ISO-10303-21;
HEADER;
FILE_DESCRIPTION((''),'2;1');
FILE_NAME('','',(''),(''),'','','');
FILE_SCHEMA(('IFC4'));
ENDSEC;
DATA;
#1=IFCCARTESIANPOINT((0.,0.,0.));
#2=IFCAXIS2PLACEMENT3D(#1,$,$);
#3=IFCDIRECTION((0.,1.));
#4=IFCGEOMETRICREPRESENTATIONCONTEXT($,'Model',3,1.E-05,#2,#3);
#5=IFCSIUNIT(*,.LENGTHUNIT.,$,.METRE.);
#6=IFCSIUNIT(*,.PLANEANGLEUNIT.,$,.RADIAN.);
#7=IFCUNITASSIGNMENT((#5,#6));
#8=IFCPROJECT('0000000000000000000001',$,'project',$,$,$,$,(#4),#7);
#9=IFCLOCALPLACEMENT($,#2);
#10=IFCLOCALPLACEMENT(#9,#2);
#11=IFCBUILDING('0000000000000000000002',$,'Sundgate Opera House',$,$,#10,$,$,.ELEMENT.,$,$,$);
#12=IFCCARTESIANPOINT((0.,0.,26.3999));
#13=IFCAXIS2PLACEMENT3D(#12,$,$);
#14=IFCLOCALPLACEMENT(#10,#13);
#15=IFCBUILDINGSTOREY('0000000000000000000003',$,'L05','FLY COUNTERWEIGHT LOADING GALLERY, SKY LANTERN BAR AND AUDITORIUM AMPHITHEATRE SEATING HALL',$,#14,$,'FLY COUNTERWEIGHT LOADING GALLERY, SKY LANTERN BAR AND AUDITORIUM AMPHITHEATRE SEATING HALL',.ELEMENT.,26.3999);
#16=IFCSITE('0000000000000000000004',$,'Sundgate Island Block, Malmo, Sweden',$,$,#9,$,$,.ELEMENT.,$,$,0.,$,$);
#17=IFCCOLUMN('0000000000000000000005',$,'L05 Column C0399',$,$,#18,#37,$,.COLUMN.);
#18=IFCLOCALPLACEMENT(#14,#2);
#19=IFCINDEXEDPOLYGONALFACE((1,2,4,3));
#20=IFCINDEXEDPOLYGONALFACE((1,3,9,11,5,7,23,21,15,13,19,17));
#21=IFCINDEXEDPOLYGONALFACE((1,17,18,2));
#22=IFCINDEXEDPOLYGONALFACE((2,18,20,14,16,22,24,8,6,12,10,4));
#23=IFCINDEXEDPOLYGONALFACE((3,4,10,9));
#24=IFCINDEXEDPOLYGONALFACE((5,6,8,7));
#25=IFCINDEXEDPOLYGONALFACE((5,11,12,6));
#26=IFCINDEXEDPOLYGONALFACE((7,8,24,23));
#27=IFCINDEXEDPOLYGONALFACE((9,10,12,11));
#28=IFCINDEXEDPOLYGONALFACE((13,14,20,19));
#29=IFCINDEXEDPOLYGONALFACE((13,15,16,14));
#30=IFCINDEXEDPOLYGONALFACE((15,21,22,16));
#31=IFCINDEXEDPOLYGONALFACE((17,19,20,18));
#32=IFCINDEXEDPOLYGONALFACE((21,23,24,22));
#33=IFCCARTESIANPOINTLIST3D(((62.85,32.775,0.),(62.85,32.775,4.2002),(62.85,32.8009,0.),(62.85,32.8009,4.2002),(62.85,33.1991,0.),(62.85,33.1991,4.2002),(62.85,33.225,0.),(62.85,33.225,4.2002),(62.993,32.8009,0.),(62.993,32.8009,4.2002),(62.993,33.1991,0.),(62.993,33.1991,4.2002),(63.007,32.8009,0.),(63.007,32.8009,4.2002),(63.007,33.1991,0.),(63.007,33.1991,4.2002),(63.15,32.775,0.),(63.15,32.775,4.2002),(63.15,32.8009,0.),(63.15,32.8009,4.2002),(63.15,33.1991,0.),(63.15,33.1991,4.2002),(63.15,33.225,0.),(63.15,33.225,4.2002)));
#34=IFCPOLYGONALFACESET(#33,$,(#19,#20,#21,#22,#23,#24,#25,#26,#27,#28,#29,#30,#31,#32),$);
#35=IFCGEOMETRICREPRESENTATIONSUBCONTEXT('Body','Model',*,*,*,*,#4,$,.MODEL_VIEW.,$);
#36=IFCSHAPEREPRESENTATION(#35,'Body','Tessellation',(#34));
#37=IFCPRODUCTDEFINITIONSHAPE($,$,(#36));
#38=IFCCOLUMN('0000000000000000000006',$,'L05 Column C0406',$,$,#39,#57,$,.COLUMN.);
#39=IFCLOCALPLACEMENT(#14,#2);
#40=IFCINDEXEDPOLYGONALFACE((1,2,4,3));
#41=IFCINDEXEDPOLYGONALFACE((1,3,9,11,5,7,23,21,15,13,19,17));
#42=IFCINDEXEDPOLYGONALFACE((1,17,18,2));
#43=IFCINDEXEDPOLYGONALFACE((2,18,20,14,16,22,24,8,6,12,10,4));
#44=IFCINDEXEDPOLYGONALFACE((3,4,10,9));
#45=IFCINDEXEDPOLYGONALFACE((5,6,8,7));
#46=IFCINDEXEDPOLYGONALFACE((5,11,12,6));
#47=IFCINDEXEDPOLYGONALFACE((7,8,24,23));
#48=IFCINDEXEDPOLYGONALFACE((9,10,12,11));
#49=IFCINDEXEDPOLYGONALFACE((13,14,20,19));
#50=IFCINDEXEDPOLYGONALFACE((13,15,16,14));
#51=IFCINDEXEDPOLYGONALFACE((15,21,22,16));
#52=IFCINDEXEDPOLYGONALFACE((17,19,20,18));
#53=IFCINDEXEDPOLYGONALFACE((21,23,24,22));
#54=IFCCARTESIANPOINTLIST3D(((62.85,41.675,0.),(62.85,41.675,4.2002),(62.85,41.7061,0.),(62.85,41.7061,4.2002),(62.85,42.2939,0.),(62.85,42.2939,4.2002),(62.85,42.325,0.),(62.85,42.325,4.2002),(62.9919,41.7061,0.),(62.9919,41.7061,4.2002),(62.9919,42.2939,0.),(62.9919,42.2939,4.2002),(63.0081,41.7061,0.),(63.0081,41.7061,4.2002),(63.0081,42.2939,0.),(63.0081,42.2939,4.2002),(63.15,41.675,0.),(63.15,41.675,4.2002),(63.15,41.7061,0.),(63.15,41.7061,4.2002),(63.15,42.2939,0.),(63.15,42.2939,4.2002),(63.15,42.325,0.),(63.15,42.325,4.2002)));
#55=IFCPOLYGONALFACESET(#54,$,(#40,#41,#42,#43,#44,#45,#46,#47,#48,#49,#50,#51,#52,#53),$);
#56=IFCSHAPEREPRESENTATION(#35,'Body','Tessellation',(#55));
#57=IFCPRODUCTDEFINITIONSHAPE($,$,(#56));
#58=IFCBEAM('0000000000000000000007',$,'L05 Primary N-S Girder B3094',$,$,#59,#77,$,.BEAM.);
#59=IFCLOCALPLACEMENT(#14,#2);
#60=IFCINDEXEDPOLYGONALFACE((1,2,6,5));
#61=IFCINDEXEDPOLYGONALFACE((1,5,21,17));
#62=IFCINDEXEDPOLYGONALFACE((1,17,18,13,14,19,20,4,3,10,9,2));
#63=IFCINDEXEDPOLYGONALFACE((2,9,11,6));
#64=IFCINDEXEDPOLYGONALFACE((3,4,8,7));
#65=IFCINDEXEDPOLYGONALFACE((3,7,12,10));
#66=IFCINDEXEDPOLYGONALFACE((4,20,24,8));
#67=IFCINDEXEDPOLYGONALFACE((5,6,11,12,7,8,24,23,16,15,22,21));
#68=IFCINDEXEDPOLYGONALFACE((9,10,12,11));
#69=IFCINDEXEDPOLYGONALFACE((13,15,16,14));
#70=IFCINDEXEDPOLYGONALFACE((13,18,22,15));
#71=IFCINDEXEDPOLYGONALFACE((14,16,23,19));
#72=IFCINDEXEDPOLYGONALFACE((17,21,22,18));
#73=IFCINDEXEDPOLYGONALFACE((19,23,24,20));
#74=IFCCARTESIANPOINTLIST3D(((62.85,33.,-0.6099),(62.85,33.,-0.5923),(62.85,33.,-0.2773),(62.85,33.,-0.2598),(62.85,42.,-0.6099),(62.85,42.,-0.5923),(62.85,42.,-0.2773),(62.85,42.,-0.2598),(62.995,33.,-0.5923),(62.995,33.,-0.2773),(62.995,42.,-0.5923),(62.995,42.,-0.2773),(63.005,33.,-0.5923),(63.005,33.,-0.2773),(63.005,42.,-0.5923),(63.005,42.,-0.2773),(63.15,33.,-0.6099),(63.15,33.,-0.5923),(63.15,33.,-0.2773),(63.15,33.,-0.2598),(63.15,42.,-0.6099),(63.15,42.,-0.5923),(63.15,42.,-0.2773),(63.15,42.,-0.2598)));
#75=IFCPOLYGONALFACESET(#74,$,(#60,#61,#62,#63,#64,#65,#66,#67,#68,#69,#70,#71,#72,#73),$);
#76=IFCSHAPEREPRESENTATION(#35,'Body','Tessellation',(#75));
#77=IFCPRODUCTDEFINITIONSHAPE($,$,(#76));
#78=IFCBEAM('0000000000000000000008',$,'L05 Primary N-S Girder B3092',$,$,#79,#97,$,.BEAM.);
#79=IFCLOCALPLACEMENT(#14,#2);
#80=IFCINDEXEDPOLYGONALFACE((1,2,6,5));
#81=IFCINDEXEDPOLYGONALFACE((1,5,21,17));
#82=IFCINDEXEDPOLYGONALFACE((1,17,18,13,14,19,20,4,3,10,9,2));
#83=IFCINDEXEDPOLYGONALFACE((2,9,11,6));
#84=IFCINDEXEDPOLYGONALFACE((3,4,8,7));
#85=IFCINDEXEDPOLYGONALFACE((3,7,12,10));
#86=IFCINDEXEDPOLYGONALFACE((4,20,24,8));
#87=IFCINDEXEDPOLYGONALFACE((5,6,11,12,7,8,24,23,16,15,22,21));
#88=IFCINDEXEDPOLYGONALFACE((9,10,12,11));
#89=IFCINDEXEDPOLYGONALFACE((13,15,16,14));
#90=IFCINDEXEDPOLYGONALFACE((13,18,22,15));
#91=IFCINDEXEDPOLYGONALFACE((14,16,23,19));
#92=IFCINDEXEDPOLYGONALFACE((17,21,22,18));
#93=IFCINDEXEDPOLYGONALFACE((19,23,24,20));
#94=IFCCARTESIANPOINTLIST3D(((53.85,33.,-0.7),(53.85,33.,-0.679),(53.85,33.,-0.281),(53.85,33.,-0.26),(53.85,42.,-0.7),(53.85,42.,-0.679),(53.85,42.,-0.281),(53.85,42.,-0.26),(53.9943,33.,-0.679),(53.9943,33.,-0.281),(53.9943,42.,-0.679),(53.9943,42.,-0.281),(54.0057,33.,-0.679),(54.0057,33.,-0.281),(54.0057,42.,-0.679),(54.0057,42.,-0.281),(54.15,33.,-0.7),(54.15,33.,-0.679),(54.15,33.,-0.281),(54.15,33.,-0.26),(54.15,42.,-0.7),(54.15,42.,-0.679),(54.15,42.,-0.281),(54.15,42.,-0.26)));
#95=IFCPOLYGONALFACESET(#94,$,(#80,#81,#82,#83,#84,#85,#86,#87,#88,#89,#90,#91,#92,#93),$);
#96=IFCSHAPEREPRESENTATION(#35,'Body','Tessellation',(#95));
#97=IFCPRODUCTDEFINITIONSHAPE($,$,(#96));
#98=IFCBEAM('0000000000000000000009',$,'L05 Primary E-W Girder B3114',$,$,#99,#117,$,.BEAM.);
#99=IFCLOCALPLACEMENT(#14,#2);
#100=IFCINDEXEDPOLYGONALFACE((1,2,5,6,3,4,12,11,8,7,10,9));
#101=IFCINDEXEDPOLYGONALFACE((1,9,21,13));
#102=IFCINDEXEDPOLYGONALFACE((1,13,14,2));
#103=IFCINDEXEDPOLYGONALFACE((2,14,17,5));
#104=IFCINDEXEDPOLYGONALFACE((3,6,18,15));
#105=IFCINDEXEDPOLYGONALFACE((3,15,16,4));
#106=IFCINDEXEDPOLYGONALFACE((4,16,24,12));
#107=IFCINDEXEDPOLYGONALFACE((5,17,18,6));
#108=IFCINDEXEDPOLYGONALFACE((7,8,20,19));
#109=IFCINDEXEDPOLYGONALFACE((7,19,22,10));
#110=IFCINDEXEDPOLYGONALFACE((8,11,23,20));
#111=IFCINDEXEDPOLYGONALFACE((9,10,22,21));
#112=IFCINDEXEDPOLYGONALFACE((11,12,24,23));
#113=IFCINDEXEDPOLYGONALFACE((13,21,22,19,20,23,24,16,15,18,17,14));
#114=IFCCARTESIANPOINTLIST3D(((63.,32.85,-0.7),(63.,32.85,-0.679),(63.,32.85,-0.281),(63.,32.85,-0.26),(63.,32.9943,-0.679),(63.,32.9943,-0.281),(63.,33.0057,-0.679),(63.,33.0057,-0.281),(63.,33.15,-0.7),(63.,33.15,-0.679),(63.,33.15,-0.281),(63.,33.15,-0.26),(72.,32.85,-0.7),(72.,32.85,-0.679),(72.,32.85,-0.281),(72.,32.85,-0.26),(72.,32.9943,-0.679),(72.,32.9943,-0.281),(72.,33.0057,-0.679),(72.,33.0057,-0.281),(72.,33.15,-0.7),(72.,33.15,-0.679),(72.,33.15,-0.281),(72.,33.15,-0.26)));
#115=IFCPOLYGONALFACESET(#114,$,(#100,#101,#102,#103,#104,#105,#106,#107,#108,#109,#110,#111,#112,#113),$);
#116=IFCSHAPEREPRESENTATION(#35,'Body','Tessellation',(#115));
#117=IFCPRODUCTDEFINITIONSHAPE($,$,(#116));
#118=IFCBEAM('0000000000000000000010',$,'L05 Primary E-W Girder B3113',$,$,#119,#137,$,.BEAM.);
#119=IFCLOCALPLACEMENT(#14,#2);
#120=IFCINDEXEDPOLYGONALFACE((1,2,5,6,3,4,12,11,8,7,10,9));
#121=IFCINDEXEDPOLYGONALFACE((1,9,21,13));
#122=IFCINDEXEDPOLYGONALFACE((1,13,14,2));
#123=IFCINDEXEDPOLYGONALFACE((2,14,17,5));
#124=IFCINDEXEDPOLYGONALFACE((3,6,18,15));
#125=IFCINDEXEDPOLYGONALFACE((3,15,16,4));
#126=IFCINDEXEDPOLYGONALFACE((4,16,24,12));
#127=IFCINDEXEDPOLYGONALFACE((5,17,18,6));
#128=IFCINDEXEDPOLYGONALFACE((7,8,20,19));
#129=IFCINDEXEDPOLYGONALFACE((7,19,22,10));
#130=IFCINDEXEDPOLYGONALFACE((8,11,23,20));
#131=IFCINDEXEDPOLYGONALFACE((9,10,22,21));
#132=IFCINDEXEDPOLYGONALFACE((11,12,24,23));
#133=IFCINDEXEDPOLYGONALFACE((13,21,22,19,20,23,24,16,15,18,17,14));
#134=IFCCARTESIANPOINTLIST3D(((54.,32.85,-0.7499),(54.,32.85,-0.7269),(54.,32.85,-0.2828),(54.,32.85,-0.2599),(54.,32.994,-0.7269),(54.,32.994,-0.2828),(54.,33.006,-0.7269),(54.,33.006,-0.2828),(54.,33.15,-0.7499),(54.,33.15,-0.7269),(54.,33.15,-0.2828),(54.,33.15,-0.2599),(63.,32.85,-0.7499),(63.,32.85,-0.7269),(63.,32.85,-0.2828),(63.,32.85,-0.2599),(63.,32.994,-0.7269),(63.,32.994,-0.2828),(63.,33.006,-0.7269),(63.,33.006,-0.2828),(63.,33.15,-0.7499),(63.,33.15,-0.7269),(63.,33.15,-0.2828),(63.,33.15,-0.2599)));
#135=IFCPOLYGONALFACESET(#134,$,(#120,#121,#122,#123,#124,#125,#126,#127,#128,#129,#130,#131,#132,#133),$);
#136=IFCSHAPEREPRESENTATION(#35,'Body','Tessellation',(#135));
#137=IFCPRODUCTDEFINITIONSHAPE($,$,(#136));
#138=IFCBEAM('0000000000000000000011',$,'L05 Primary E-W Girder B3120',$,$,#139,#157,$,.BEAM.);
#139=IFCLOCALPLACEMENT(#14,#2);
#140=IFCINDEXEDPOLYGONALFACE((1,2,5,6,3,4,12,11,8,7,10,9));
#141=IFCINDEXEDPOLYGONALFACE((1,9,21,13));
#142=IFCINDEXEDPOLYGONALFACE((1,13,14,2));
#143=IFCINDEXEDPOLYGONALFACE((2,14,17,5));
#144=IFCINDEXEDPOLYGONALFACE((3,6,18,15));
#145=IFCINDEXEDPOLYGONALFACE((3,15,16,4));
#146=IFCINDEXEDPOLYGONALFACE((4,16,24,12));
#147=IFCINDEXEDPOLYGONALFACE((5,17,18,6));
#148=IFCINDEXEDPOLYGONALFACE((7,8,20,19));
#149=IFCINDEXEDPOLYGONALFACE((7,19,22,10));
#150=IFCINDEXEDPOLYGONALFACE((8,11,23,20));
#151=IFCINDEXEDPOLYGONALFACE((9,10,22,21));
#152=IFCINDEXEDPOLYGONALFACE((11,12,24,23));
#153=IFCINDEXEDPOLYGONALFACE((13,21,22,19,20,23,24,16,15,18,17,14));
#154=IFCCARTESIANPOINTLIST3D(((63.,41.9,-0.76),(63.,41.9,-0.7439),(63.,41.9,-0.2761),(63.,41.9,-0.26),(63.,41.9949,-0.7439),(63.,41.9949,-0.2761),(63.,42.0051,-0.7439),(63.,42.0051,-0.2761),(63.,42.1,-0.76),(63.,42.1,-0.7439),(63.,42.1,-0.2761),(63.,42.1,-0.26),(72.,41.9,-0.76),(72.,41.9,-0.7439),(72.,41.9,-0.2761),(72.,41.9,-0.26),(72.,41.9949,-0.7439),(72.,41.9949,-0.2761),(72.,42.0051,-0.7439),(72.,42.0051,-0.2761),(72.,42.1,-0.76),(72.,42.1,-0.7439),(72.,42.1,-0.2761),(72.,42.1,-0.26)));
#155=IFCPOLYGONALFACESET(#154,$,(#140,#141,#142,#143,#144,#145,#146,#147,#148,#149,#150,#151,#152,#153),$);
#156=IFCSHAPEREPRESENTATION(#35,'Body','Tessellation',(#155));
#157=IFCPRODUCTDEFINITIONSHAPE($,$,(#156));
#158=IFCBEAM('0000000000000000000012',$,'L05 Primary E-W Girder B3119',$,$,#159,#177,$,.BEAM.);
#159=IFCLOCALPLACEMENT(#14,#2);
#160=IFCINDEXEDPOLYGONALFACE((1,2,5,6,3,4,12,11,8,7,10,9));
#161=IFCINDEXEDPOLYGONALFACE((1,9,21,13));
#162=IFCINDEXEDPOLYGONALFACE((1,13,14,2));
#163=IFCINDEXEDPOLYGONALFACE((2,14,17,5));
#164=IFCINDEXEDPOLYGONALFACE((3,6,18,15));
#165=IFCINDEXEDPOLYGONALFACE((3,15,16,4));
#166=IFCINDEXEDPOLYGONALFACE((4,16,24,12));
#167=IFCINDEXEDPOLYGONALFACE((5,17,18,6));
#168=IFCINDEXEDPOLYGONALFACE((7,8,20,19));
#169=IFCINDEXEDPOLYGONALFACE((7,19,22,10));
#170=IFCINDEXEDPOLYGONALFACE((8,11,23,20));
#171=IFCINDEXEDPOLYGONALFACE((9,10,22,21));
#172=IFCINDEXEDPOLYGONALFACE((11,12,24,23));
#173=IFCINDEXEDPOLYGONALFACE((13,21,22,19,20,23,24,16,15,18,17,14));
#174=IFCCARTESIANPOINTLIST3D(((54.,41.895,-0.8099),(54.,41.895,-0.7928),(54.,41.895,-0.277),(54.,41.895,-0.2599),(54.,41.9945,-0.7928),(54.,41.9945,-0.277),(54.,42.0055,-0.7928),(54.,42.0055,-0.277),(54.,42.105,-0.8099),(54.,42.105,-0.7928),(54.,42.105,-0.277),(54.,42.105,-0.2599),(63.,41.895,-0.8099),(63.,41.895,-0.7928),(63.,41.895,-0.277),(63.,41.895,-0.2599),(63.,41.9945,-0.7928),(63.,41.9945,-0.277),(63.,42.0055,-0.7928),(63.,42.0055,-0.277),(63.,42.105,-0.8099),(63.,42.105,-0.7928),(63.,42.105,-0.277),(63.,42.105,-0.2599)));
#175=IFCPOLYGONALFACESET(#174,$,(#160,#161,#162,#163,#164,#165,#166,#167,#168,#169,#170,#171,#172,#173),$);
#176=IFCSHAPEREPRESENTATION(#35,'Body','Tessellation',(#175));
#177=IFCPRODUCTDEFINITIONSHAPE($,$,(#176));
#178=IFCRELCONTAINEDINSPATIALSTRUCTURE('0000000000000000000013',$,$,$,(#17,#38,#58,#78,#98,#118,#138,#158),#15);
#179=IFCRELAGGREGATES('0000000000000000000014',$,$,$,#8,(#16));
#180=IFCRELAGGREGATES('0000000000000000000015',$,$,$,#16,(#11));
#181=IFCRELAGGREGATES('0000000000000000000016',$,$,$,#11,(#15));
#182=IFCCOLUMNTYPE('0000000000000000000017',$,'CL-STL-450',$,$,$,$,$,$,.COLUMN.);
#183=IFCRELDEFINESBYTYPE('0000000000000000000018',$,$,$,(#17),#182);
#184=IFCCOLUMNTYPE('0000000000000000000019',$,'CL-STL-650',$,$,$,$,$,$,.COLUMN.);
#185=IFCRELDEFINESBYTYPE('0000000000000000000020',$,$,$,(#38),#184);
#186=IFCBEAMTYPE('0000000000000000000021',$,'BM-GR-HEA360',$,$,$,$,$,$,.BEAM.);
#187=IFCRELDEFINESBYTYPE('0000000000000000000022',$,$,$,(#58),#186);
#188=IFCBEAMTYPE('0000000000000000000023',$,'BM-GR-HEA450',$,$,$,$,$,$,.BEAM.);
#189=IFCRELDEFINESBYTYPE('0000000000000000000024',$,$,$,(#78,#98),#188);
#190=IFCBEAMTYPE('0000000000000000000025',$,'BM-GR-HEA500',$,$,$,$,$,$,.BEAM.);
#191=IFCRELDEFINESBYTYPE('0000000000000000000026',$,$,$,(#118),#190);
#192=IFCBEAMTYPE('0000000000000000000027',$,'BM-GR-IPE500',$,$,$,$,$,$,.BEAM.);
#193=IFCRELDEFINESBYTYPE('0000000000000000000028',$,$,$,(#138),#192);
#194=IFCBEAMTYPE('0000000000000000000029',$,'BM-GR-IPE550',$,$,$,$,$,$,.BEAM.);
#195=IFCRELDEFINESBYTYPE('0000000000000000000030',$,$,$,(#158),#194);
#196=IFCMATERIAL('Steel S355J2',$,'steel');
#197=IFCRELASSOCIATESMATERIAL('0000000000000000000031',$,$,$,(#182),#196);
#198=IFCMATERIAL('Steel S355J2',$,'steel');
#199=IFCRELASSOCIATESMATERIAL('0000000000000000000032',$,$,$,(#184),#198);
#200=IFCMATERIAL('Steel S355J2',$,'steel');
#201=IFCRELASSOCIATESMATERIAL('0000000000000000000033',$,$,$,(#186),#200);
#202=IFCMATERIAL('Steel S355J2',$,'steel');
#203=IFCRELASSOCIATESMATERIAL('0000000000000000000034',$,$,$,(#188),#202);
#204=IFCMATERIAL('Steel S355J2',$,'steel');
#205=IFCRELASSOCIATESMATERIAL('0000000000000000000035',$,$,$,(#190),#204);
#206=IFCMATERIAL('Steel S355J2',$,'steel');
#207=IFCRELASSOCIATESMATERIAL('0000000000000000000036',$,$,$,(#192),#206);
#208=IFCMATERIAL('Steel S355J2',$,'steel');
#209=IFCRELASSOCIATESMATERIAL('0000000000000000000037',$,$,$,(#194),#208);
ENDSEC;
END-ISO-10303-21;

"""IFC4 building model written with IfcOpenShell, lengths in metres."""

from ifc_helpers import new_model, si_unit, direction, frame, origin, origin_2d, place, context, subcontext, project, spatial, i_section, extrude, material, material_profile, profile_set, type_object, element, save


model = new_model("IFC4")

# Units and contexts
model_context = context("Model", 3, precision=1e-05, world=origin(), true_north=direction((0.0, 1.0)))
body_context = subcontext(model_context, "Body", "Model", "MODEL_VIEW")
ifc_project = project(units=[si_unit("LENGTHUNIT", "METRE"), si_unit("PLANEANGLEUNIT", "RADIAN")], contexts=[model_context])

# Site, building, storey
site_placement = place(None, origin())
site = spatial("IfcSite", under=ifc_project, at=site_placement, Name="Sundgate Island Block, Malmo, Sweden", CompositionType="ELEMENT", RefElevation=0.0)
building_placement = place(site_placement, origin())
building = spatial("IfcBuilding", under=site, at=building_placement, Name="Sundgate Opera House", CompositionType="ELEMENT")
storey_placement = place(building_placement, frame((0.0, 0.0, 26.3999)))
storey = spatial("IfcBuildingStorey", under=building, at=storey_placement, Name="L05", Description="FLY COUNTERWEIGHT LOADING GALLERY, SKY LANTERN BAR AND AUDITORIUM AMPHITHEATRE SEATING HALL", LongName="FLY COUNTERWEIGHT LOADING GALLERY, SKY LANTERN BAR AND AUDITORIUM AMPHITHEATRE SEATING HALL", CompositionType="ELEMENT", Elevation=26.3999)

# Columns
ifc_material_1 = material(Name="Steel S355J2", Category="steel")
ifc_material_profile_1 = material_profile(ifc_material_1, i_section(OverallWidth=0.3, OverallDepth=0.45, WebThickness=0.0139, FlangeThickness=0.0259, at=origin_2d()), Name="HEB 450")
ifc_profile_set_1 = profile_set([ifc_material_profile_1], Name="Steel S355J2")
column_type_1 = type_object("IfcColumnType", Name="CL-STL-450", PredefinedType="COLUMN", material=ifc_profile_set_1)
column_1_placement = place(storey_placement, frame((63.0, 33.0, 0.0), z_axis=(0.0, 0.0, 1.0), x_axis=(1.0, 0.0, 0.0)))
element("IfcColumn", 1, at=column_1_placement, inside=storey, type_object=column_type_1, Name="L05 Column C0399", PredefinedType="COLUMN", context=body_context, shape_type="SweptSolid", body=[
    extrude(i_section(OverallWidth=0.3, OverallDepth=0.45, WebThickness=0.0139, FlangeThickness=0.0259, at=origin_2d()), origin(), (0.0, 0.0, 1.0), 4.2002),
])
ifc_material_2 = material(Name="Steel S355J2", Category="steel")
ifc_material_profile_2 = material_profile(ifc_material_2, i_section(OverallWidth=0.3, OverallDepth=0.6499, WebThickness=0.0161, FlangeThickness=0.031, at=origin_2d()), Name="HEB 650")
ifc_profile_set_2 = profile_set([ifc_material_profile_2], Name="Steel S355J2")
column_type_2 = type_object("IfcColumnType", Name="CL-STL-650", PredefinedType="COLUMN", material=ifc_profile_set_2)
column_2_placement = place(storey_placement, frame((63.0, 42.0, 0.0), z_axis=(0.0, 0.0, 1.0), x_axis=(1.0, 0.0, 0.0)))
element("IfcColumn", 2, at=column_2_placement, inside=storey, type_object=column_type_2, Name="L05 Column C0406", PredefinedType="COLUMN", context=body_context, shape_type="SweptSolid", body=[
    extrude(i_section(OverallWidth=0.3, OverallDepth=0.6499, WebThickness=0.0161, FlangeThickness=0.031, at=origin_2d()), origin(), (0.0, 0.0, 1.0), 4.2002),
])

# Beams
ifc_material_3 = material(Name="Steel S355J2", Category="steel")
ifc_material_profile_3 = material_profile(ifc_material_3, i_section(OverallWidth=0.3, OverallDepth=0.3501, WebThickness=0.01, FlangeThickness=0.0176, at=origin_2d()), Name="HEA 360")
ifc_profile_set_3 = profile_set([ifc_material_profile_3], Name="Steel S355J2")
beam_type_1 = type_object("IfcBeamType", Name="BM-GR-HEA360", PredefinedType="BEAM", material=ifc_profile_set_3)
beam_1_placement = place(storey_placement, frame((63.0, 33.0, -0.4348), z_axis=(0.0, 1.0, 0.0), x_axis=(-1.0, 0.0, 0.0)))
element("IfcBeam", 3, at=beam_1_placement, inside=storey, type_object=beam_type_1, Name="L05 Primary N-S Girder B3094", PredefinedType="BEAM", context=body_context, shape_type="SweptSolid", body=[
    extrude(i_section(OverallWidth=0.3, OverallDepth=0.3501, WebThickness=0.01, FlangeThickness=0.0176, at=origin_2d()), origin(), (0.0, 0.0, 1.0), 9.0),
])
ifc_material_4 = material(Name="Steel S355J2", Category="steel")
ifc_material_profile_4 = material_profile(ifc_material_4, i_section(OverallWidth=0.3, OverallDepth=0.4399, WebThickness=0.0115, FlangeThickness=0.021, at=origin_2d()), Name="HEA 450")
ifc_profile_set_4 = profile_set([ifc_material_profile_4], Name="Steel S355J2")
beam_type_2 = type_object("IfcBeamType", Name="BM-GR-HEA450", PredefinedType="BEAM", material=ifc_profile_set_4)
for number, where, z_axis, x_axis, name in (
    (4, (54.0, 33.0, -0.48), (0.0, 1.0, 0.0), (-1.0, 0.0, 0.0), "L05 Primary N-S Girder B3092"),
    (5, (63.0, 33.0, -0.48), (1.0, 0.0, 0.0), (0.0, 1.0, 0.0), "L05 Primary E-W Girder B3114"),
):
    element("IfcBeam", number, at=place(storey_placement, frame(where, z_axis=z_axis, x_axis=x_axis)), inside=storey, type_object=beam_type_2, Name=name, PredefinedType="BEAM", context=body_context, shape_type="SweptSolid", body=[
        extrude(i_section(OverallWidth=0.3, OverallDepth=0.4399, WebThickness=0.0115, FlangeThickness=0.021, at=origin_2d()), origin(), (0.0, 0.0, 1.0), 9.0),
    ])
ifc_material_5 = material(Name="Steel S355J2", Category="steel")
ifc_material_profile_5 = material_profile(ifc_material_5, i_section(OverallWidth=0.3, OverallDepth=0.49, WebThickness=0.012, FlangeThickness=0.0229, at=origin_2d()), Name="HEA 500")
ifc_profile_set_5 = profile_set([ifc_material_profile_5], Name="Steel S355J2")
beam_type_3 = type_object("IfcBeamType", Name="BM-GR-HEA500", PredefinedType="BEAM", material=ifc_profile_set_5)
beam_2_placement = place(storey_placement, frame((54.0, 33.0, -0.5049), z_axis=(1.0, 0.0, 0.0), x_axis=(0.0, 1.0, 0.0)))
element("IfcBeam", 6, at=beam_2_placement, inside=storey, type_object=beam_type_3, Name="L05 Primary E-W Girder B3113", PredefinedType="BEAM", context=body_context, shape_type="SweptSolid", body=[
    extrude(i_section(OverallWidth=0.3, OverallDepth=0.49, WebThickness=0.012, FlangeThickness=0.0229, at=origin_2d()), origin(), (0.0, 0.0, 1.0), 9.0),
])
ifc_material_6 = material(Name="Steel S355J2", Category="steel")
ifc_material_profile_6 = material_profile(ifc_material_6, i_section(OverallWidth=0.2, OverallDepth=0.5, WebThickness=0.0103, FlangeThickness=0.0161, at=origin_2d()), Name="IPE 500")
ifc_profile_set_6 = profile_set([ifc_material_profile_6], Name="Steel S355J2")
beam_type_4 = type_object("IfcBeamType", Name="BM-GR-IPE500", PredefinedType="BEAM", material=ifc_profile_set_6)
beam_3_placement = place(storey_placement, frame((63.0, 42.0, -0.51), z_axis=(1.0, 0.0, 0.0), x_axis=(0.0, 1.0, 0.0)))
element("IfcBeam", 7, at=beam_3_placement, inside=storey, type_object=beam_type_4, Name="L05 Primary E-W Girder B3120", PredefinedType="BEAM", context=body_context, shape_type="SweptSolid", body=[
    extrude(i_section(OverallWidth=0.2, OverallDepth=0.5, WebThickness=0.0103, FlangeThickness=0.0161, at=origin_2d()), origin(), (0.0, 0.0, 1.0), 9.0),
])
ifc_material_7 = material(Name="Steel S355J2", Category="steel")
ifc_material_profile_7 = material_profile(ifc_material_7, i_section(OverallWidth=0.21, OverallDepth=0.55, WebThickness=0.011, FlangeThickness=0.0171, at=origin_2d()), Name="IPE 550")
ifc_profile_set_7 = profile_set([ifc_material_profile_7], Name="Steel S355J2")
beam_type_5 = type_object("IfcBeamType", Name="BM-GR-IPE550", PredefinedType="BEAM", material=ifc_profile_set_7)
beam_4_placement = place(storey_placement, frame((54.0, 42.0, -0.5349), z_axis=(1.0, 0.0, 0.0), x_axis=(0.0, 1.0, 0.0)))
element("IfcBeam", 8, at=beam_4_placement, inside=storey, type_object=beam_type_5, Name="L05 Primary E-W Girder B3119", PredefinedType="BEAM", context=body_context, shape_type="SweptSolid", body=[
    extrude(i_section(OverallWidth=0.21, OverallDepth=0.55, WebThickness=0.011, FlangeThickness=0.0171, at=origin_2d()), origin(), (0.0, 0.0, 1.0), 9.0),
])

save(model, "model.ifc")
